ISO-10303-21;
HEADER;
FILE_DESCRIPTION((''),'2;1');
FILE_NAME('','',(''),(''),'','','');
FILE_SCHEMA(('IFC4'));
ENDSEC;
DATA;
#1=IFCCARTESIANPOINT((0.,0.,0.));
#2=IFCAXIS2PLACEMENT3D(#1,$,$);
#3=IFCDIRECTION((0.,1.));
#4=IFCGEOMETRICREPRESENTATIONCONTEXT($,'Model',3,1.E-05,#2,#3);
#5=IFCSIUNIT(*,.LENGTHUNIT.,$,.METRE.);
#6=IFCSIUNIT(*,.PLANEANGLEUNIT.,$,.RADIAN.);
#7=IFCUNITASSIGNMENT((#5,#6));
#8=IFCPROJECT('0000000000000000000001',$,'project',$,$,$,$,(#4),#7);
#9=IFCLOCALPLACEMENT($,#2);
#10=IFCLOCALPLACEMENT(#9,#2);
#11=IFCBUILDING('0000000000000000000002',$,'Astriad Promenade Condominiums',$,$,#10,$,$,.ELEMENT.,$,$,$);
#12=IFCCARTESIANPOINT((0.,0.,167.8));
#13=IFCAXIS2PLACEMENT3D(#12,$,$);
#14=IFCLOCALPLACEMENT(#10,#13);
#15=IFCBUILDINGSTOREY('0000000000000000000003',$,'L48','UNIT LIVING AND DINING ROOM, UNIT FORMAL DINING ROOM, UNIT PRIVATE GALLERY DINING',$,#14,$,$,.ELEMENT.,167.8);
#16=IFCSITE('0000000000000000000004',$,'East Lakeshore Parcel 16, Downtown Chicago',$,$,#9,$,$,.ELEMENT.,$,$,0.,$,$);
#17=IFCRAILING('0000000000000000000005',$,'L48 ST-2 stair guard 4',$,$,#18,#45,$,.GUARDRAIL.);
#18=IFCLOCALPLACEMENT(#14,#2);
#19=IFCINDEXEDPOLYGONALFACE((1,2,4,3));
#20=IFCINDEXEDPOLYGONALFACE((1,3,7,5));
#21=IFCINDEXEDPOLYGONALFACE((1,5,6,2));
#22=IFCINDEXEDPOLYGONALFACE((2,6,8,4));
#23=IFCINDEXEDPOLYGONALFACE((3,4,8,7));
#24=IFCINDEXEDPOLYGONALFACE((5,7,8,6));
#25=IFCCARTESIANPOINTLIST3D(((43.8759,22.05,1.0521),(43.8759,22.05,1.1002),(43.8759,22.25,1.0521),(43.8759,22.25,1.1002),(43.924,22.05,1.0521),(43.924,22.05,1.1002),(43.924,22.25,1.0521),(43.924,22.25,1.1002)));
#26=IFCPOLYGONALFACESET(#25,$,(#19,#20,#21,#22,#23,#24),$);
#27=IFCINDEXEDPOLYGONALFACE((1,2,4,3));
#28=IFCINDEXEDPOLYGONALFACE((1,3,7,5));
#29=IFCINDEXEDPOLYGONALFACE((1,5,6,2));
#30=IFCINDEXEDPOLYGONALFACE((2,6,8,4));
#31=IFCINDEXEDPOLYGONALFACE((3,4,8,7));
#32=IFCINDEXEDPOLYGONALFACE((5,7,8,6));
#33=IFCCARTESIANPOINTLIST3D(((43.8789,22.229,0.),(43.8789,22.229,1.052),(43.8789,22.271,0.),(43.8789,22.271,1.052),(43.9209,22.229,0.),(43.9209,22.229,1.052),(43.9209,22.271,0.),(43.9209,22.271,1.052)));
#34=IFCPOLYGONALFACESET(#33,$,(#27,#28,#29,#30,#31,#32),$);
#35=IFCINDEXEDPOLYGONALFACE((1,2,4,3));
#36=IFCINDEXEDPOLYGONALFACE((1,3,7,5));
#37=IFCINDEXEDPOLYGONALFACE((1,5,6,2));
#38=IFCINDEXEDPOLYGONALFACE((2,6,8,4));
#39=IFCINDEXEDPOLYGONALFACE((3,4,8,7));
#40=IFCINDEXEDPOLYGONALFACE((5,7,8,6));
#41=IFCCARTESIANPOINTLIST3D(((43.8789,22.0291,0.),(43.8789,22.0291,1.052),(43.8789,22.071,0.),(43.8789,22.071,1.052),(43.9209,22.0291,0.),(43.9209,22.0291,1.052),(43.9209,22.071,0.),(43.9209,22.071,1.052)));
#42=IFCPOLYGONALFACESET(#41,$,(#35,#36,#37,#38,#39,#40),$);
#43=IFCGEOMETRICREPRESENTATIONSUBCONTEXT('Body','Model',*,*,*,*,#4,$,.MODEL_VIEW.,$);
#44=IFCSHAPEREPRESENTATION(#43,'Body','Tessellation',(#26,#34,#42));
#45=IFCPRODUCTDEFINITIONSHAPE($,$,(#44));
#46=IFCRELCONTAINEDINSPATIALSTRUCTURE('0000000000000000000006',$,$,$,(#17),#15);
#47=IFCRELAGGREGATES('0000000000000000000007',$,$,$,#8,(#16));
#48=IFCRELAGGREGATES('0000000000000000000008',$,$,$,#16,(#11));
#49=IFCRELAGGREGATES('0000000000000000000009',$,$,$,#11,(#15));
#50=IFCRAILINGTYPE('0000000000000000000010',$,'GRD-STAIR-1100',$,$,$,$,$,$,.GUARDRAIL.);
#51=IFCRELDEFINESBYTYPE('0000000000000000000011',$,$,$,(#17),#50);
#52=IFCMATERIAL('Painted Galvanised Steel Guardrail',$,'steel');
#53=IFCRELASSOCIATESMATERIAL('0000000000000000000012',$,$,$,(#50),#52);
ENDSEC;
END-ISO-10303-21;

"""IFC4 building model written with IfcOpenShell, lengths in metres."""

from ifc_helpers import new_model, si_unit, direction, frame, origin, origin_2d, place, context, subcontext, project, spatial, rectangle, extrude, source, transform, mapped, material, type_object, element, save


model = new_model("IFC4")

# Units and contexts
model_context = context("Model", 3, precision=1e-05, world=origin(), true_north=direction((0.0, 1.0)))
body_context = subcontext(model_context, "Body", "Model", "MODEL_VIEW")
ifc_project = project(units=[si_unit("LENGTHUNIT", "METRE"), si_unit("PLANEANGLEUNIT", "RADIAN")], contexts=[model_context])

# Site, building, storey
site_placement = place(None, origin())
site = spatial("IfcSite", under=ifc_project, at=site_placement, Name="East Lakeshore Parcel 16, Downtown Chicago", CompositionType="ELEMENT", RefElevation=0.0)
building_placement = place(site_placement, origin())
building = spatial("IfcBuilding", under=site, at=building_placement, Name="Astriad Promenade Condominiums", CompositionType="ELEMENT")
storey_placement = place(building_placement, frame((0.0, 0.0, 167.8)))
storey = spatial("IfcBuildingStorey", under=building, at=storey_placement, Name="L48", Description="UNIT LIVING AND DINING ROOM, UNIT FORMAL DINING ROOM, UNIT PRIVATE GALLERY DINING", CompositionType="ELEMENT", Elevation=167.8)

# Railing
ifc_material_1 = material(Name="Painted Galvanised Steel Guardrail", Category="steel")
railing_type_1 = type_object("IfcRailingType", Name="GRD-STAIR-1100", PredefinedType="GUARDRAIL", material=ifc_material_1)
shared_shape_1 = source(origin(), body_context, "Body", "SweptSolid", [
    extrude(rectangle(XDim=0.0481, YDim=0.0481, at=origin_2d()), frame((0.0, 0.0, 1.0762), z_axis=(0.0, -1.0, 0.0), x_axis=(1.0, 0.0, 0.0)), (0.0, 0.0, 1.0), 0.2),
    extrude(rectangle(XDim=0.042, YDim=0.042, at=origin_2d()), origin(), (0.0, 0.0, 1.0), 1.052),
    extrude(rectangle(XDim=0.042, YDim=0.042, at=origin_2d()), frame((0.0, -0.2, 0.0)), (0.0, 0.0, 1.0), 1.052),
])
railing_1_placement = place(storey_placement, frame((43.8999, 22.25, 0.0)))
element("IfcRailing", 1, at=railing_1_placement, inside=storey, type_object=railing_type_1, Name="L48 ST-2 stair guard 4", PredefinedType="GUARDRAIL", context=body_context, shape_type="MappedRepresentation", body=[
    mapped(shared_shape_1, transform((0.0, 0.0, 0.0), scale=1.0)),
])

save(model, "model.ifc")
